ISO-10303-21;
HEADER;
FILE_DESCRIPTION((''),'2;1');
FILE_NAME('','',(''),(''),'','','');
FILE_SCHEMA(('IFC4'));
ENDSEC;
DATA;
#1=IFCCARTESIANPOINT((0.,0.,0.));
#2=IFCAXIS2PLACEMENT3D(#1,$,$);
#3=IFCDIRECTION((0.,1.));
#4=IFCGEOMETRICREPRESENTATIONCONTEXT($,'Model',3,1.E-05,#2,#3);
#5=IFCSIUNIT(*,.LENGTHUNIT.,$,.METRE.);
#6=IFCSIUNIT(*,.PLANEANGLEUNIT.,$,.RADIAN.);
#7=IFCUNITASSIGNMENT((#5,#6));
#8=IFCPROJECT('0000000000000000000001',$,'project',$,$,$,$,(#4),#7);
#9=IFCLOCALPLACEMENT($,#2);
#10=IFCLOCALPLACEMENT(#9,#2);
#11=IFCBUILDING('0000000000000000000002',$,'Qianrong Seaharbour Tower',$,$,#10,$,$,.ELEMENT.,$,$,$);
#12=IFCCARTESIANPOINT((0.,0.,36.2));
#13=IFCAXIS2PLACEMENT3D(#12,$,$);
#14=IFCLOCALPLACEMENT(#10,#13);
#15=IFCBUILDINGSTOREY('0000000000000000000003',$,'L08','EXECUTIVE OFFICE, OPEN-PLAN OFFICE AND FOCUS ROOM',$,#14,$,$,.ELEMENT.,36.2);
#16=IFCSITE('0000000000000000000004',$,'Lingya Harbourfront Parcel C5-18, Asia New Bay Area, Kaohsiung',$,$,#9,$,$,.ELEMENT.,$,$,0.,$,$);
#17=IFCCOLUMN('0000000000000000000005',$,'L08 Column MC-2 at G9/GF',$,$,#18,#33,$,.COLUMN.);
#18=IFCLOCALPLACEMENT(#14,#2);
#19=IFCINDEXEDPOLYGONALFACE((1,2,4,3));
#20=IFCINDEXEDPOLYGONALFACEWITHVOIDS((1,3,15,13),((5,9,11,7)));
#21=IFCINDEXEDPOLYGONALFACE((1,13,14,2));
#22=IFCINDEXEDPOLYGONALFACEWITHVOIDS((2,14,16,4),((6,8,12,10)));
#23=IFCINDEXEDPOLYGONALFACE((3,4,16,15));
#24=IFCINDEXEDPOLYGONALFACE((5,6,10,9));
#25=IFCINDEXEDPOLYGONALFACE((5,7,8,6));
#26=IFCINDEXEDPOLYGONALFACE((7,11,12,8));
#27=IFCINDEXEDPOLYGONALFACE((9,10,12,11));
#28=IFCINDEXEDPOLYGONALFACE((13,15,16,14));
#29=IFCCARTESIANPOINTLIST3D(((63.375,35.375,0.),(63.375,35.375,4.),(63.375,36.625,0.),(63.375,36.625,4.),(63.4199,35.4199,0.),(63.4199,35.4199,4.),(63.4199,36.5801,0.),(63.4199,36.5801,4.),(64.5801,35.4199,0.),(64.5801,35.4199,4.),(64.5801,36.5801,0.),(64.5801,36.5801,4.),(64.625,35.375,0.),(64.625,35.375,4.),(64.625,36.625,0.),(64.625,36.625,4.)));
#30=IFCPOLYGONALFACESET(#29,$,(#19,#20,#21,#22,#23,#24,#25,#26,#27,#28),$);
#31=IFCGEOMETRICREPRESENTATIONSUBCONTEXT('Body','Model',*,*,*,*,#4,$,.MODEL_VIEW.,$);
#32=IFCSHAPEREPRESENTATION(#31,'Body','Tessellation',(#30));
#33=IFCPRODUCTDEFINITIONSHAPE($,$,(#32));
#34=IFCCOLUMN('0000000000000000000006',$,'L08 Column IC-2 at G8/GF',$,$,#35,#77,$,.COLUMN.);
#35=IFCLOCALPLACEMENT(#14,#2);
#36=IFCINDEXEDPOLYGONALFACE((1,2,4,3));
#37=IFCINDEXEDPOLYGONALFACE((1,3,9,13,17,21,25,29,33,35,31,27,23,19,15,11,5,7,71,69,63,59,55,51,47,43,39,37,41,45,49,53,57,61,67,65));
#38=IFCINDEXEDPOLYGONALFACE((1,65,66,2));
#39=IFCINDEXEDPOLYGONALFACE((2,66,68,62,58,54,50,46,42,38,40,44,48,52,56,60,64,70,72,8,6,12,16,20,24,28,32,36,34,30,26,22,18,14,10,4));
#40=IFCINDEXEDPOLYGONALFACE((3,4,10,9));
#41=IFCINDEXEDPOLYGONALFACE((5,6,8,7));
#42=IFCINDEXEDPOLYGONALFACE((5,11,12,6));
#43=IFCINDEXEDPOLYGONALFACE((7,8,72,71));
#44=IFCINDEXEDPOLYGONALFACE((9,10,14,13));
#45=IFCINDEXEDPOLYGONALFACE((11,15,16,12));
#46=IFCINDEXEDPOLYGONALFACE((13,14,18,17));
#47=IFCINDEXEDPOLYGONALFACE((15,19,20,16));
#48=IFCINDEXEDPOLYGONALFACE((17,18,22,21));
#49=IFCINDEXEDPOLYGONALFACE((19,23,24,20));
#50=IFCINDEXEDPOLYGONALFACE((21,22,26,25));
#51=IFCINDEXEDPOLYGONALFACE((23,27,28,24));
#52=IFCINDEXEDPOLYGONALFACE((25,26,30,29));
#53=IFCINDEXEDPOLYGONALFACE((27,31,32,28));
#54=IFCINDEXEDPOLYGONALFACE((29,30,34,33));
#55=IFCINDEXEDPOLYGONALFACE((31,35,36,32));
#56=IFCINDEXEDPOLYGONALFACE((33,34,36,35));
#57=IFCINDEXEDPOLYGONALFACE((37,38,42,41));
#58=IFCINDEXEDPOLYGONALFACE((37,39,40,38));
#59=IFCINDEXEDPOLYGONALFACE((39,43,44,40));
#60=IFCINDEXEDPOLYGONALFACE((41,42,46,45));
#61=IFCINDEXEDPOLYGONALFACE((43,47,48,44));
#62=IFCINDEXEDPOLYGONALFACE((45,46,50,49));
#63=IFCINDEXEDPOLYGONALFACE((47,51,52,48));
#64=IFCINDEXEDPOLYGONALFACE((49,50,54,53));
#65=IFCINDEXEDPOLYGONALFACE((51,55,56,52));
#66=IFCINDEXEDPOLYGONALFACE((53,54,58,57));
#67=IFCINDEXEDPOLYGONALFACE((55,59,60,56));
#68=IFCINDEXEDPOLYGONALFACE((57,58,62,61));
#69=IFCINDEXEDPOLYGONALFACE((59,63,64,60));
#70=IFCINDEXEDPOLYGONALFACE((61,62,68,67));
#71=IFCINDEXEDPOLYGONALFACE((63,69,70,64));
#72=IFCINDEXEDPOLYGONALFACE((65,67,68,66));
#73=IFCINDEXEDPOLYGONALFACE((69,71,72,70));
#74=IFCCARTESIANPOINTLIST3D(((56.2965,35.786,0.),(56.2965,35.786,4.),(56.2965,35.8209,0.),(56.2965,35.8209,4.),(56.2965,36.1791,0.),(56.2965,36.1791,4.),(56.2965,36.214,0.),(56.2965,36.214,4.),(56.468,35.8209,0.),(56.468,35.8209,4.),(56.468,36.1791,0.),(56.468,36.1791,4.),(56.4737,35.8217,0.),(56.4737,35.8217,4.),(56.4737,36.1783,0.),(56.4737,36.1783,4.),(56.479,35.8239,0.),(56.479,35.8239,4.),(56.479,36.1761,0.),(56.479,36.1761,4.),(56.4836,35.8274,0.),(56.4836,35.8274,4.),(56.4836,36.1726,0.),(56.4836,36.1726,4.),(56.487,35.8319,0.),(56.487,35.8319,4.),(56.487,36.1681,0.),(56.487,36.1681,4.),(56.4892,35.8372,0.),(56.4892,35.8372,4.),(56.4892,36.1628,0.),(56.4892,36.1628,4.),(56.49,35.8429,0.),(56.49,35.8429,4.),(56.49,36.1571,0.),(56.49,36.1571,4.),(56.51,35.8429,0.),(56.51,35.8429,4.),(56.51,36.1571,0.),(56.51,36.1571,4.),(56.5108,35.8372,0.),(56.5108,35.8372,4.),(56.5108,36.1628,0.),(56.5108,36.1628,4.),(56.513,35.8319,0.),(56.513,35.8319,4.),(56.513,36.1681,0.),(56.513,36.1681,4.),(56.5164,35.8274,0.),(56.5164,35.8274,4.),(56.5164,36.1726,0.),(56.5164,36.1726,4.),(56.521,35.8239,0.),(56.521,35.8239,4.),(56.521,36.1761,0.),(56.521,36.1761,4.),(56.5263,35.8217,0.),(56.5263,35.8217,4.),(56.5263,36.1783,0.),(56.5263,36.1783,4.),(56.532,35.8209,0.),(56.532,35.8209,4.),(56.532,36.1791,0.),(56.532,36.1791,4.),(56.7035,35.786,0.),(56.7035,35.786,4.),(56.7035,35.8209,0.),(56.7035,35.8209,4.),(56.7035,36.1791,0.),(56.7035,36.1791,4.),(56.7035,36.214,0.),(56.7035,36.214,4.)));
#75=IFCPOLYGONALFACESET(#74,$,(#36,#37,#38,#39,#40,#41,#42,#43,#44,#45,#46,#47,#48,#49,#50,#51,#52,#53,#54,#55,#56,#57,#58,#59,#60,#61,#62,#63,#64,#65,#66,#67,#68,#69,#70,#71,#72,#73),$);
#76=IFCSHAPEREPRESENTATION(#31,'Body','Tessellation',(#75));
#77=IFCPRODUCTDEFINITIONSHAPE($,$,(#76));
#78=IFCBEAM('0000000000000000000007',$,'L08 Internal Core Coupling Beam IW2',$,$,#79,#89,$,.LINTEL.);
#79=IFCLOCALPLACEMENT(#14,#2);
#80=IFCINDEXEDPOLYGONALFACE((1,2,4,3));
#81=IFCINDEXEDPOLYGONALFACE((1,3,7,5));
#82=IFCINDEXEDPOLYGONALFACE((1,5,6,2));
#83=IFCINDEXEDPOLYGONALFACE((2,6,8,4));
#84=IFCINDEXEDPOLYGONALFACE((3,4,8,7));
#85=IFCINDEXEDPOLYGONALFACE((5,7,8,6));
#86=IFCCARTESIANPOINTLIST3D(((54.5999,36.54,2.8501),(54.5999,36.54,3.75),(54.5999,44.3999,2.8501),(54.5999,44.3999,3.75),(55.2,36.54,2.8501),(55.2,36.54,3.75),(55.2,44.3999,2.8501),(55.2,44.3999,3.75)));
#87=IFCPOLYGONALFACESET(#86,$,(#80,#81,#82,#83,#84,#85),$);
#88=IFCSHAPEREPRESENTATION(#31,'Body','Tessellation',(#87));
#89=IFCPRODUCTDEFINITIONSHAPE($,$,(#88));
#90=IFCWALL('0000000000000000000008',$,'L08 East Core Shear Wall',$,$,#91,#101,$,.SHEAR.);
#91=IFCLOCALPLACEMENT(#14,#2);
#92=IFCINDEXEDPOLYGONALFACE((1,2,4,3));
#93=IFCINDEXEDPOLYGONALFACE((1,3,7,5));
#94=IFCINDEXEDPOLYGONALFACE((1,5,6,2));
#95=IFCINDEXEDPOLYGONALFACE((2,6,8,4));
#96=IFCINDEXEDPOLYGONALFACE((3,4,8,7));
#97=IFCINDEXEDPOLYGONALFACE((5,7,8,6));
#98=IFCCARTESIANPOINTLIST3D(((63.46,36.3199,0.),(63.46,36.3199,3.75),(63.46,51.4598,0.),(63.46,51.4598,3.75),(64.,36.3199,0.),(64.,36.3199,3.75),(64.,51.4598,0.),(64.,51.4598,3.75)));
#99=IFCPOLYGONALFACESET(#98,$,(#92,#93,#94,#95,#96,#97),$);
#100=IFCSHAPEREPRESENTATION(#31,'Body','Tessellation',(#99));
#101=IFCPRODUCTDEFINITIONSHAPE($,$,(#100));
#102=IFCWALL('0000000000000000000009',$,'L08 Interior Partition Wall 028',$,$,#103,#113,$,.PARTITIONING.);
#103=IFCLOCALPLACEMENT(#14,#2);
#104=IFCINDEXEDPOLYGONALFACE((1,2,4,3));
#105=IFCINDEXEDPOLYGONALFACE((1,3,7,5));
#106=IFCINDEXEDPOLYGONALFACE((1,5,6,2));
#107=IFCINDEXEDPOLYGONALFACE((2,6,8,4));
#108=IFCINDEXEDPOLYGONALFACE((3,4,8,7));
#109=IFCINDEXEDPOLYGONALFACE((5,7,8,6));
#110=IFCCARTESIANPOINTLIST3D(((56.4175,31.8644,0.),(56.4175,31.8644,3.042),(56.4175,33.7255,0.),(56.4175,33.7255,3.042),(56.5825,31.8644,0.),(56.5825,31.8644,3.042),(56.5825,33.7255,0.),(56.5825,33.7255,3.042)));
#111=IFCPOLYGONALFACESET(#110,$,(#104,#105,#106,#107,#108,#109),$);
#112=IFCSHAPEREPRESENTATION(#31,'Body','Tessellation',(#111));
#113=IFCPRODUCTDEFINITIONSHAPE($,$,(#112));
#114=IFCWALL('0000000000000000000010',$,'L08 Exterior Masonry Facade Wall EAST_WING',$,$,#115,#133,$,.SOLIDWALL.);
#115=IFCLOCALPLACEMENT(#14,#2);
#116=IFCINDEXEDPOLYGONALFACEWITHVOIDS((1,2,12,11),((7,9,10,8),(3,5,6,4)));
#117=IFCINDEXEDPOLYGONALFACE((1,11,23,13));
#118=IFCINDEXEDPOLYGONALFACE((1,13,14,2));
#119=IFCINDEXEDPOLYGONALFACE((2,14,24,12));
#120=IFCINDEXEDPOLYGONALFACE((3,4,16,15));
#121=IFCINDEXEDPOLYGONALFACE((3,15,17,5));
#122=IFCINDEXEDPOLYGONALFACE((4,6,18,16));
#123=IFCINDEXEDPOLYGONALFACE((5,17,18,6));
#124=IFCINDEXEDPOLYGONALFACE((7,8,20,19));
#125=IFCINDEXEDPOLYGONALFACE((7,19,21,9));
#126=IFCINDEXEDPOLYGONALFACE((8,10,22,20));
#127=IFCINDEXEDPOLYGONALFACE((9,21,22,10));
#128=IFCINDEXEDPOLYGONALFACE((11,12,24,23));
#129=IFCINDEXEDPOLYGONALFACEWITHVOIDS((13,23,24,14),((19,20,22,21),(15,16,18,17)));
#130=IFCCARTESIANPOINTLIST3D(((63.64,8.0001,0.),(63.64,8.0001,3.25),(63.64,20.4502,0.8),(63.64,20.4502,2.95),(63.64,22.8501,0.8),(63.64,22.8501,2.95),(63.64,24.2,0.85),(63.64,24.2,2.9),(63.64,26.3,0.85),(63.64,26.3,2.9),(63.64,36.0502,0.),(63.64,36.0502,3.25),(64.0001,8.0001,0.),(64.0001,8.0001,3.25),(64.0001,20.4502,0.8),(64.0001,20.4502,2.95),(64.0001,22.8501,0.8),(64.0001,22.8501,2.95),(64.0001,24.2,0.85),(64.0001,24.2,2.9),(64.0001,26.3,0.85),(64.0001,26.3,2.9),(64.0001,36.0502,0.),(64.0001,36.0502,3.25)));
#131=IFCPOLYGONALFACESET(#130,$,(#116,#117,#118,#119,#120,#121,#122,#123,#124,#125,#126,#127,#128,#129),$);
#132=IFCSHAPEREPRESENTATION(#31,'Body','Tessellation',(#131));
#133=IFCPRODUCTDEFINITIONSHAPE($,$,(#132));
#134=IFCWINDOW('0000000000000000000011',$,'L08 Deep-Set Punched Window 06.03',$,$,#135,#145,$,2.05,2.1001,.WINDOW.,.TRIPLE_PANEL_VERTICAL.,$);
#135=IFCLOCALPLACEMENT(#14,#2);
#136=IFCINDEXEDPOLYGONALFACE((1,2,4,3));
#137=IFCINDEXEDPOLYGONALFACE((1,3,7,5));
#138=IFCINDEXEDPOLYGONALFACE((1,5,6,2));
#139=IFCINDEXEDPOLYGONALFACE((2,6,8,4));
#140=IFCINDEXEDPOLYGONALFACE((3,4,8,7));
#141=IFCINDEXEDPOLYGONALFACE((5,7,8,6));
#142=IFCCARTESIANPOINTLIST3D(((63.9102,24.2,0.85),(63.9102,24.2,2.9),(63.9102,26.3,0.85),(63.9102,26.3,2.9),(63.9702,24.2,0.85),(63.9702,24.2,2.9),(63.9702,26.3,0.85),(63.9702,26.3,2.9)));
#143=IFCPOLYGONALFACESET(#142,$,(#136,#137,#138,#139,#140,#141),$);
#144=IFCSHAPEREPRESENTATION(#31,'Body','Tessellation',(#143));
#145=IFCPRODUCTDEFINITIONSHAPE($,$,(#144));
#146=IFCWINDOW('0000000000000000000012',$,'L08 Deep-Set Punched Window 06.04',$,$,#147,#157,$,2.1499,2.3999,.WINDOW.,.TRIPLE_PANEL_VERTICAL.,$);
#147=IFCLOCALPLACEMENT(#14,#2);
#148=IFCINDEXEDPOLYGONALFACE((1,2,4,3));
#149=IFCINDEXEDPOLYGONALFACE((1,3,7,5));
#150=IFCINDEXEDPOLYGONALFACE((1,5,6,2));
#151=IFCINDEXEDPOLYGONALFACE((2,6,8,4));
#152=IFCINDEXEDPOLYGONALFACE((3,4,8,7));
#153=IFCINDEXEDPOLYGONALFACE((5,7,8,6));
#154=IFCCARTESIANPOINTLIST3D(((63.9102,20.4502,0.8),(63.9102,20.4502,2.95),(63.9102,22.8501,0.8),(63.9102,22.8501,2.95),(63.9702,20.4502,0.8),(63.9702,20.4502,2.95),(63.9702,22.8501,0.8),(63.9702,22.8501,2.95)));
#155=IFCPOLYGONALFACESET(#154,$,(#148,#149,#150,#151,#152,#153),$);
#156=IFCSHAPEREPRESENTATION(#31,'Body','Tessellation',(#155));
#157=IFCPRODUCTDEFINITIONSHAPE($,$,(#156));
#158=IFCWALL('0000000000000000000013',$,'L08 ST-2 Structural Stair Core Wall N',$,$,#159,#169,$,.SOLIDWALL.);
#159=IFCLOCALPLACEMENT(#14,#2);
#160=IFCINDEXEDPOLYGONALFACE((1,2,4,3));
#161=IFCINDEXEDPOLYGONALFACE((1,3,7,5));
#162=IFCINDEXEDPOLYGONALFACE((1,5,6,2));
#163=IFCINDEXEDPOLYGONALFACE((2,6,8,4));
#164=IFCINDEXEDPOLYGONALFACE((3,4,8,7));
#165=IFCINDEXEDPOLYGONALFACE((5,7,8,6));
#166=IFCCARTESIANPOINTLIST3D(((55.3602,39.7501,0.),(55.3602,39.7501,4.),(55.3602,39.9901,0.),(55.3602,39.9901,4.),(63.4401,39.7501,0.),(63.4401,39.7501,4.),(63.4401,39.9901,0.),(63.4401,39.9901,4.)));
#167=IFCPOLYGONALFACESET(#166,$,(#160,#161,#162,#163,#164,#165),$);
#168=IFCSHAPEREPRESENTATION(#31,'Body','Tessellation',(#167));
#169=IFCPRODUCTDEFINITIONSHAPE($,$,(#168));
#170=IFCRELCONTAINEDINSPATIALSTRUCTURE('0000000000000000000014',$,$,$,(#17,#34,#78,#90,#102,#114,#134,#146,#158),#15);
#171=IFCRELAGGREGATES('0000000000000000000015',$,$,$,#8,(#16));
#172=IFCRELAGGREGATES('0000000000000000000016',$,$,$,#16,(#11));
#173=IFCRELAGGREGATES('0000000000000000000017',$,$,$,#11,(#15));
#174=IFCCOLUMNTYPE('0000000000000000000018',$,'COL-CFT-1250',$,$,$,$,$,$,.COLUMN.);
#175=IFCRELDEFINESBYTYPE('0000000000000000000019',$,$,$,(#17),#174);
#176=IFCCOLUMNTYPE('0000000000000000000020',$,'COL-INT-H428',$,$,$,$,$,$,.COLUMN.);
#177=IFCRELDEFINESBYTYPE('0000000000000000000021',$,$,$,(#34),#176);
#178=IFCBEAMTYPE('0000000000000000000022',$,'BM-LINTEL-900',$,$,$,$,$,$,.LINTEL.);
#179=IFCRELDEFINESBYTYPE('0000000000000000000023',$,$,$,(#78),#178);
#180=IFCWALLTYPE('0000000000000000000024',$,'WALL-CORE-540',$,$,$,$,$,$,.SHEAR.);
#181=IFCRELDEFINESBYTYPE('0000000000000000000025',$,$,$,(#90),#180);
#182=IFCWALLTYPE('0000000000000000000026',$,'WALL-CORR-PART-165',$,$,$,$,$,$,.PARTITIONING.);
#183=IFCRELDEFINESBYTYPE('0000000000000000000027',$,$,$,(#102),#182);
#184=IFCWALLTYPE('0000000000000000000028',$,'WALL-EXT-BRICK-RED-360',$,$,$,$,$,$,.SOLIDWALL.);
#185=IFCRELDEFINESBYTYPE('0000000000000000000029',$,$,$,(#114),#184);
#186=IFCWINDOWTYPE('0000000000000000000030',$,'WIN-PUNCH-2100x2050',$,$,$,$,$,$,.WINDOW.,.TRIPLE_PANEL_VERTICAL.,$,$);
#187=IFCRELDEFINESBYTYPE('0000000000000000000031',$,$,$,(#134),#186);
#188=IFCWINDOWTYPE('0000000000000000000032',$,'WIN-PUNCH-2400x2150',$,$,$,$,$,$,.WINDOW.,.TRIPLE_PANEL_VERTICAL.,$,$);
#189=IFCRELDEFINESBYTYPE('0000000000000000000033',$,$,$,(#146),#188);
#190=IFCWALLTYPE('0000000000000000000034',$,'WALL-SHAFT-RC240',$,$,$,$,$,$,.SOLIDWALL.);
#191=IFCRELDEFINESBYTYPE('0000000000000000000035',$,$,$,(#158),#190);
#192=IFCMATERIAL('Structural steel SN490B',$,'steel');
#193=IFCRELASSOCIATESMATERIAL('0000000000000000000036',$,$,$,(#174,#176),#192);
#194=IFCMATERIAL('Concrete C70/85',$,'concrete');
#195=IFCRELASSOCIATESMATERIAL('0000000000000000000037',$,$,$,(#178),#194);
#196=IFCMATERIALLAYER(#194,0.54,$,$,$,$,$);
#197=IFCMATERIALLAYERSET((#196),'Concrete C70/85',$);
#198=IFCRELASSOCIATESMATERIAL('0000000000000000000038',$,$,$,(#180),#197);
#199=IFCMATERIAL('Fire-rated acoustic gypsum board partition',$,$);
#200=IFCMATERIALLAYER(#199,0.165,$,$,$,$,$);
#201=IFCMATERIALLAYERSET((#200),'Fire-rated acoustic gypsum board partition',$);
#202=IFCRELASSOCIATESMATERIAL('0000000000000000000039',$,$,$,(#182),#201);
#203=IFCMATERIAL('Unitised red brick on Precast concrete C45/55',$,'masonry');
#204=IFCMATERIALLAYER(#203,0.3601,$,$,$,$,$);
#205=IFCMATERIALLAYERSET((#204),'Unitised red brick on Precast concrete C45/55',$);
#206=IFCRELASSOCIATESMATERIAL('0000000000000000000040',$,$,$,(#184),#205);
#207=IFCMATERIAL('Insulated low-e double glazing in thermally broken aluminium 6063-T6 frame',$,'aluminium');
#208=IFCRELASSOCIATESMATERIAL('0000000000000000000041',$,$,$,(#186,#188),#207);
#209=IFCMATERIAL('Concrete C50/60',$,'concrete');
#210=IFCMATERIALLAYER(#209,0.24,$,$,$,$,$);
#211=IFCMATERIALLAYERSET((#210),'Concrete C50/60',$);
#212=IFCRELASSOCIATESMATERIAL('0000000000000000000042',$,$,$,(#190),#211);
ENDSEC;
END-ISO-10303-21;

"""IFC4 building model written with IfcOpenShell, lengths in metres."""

from ifc_helpers import new_model, si_unit, direction, frame, frame_2d, origin, origin_2d, place, context, subcontext, project, spatial, rectangle, hollow_rectangle, i_section, extrude, material, layer, layer_set, material_profile, profile_set, type_object, element, fill, save


model = new_model("IFC4")

# Units and contexts
model_context = context("Model", 3, precision=1e-05, world=origin(), true_north=direction((0.0, 1.0)))
body_context = subcontext(model_context, "Body", "Model", "MODEL_VIEW")
ifc_project = project(units=[si_unit("LENGTHUNIT", "METRE"), si_unit("PLANEANGLEUNIT", "RADIAN")], contexts=[model_context])

# Site, building, storey
site_placement = place(None, origin())
site = spatial("IfcSite", under=ifc_project, at=site_placement, Name="Lingya Harbourfront Parcel C5-18, Asia New Bay Area, Kaohsiung", CompositionType="ELEMENT", RefElevation=0.0)
building_placement = place(site_placement, origin())
building = spatial("IfcBuilding", under=site, at=building_placement, Name="Qianrong Seaharbour Tower", CompositionType="ELEMENT")
storey_placement = place(building_placement, frame((0.0, 0.0, 36.2)))
storey = spatial("IfcBuildingStorey", under=building, at=storey_placement, Name="L08", Description="EXECUTIVE OFFICE, OPEN-PLAN OFFICE AND FOCUS ROOM", CompositionType="ELEMENT", Elevation=36.2)

# Columns
ifc_material_1 = material(Name="Structural steel SN490B", Category="steel")
ifc_material_profile_1 = material_profile(ifc_material_1, hollow_rectangle(XDim=1.25, YDim=1.25, WallThickness=0.0449, at=origin_2d()), Name="BOX1250x1250x45")
ifc_profile_set_1 = profile_set([ifc_material_profile_1], Name="Structural steel SN490B")
column_type_1 = type_object("IfcColumnType", Name="COL-CFT-1250", PredefinedType="COLUMN", material=ifc_profile_set_1)
column_1_placement = place(storey_placement, frame((64.0, 36.0, 0.0), z_axis=(0.0, 0.0, 1.0), x_axis=(1.0, 0.0, 0.0)))
element("IfcColumn", 1, at=column_1_placement, inside=storey, type_object=column_type_1, Name="L08 Column MC-2 at G9/GF", PredefinedType="COLUMN", context=body_context, shape_type="SweptSolid", body=[
    extrude(hollow_rectangle(XDim=1.25, YDim=1.25, WallThickness=0.0449, at=origin_2d()), origin(), (0.0, 0.0, 1.0), 4.0),
])
ifc_material_profile_2 = material_profile(ifc_material_1, i_section(OverallWidth=0.407, OverallDepth=0.428, WebThickness=0.02, FlangeThickness=0.0349, FilletRadius=0.022, at=origin_2d()), Name="H428x407x20x35")
ifc_profile_set_2 = profile_set([ifc_material_profile_2], Name="Structural steel SN490B")
column_type_2 = type_object("IfcColumnType", Name="COL-INT-H428", PredefinedType="COLUMN", material=ifc_profile_set_2)
column_2_placement = place(storey_placement, frame((56.5, 36.0, 0.0), z_axis=(0.0, 0.0, 1.0), x_axis=(1.0, 0.0, 0.0)))
element("IfcColumn", 2, at=column_2_placement, inside=storey, type_object=column_type_2, Name="L08 Column IC-2 at G8/GF", PredefinedType="COLUMN", context=body_context, shape_type="SweptSolid", body=[
    extrude(i_section(OverallWidth=0.407, OverallDepth=0.428, WebThickness=0.02, FlangeThickness=0.0349, FilletRadius=0.022, at=origin_2d()), origin(), (0.0, 0.0, 1.0), 4.0),
])

# Beam
ifc_material_2 = material(Name="Concrete C70/85", Category="concrete")
ifc_material_profile_3 = material_profile(ifc_material_2, rectangle(XDim=0.6001, YDim=0.8999, at=origin_2d()), Name="RC600x900")
ifc_profile_set_3 = profile_set([ifc_material_profile_3], Name="Concrete C70/85")
beam_type = type_object("IfcBeamType", Name="BM-LINTEL-900", PredefinedType="LINTEL", material=ifc_profile_set_3)
beam_placement = place(storey_placement, frame((54.8999, 36.54, 3.3), z_axis=(0.0, 1.0, 0.0), x_axis=(-1.0, 0.0, 0.0)))
element("IfcBeam", 3, at=beam_placement, inside=storey, type_object=beam_type, Name="L08 Internal Core Coupling Beam IW2", PredefinedType="LINTEL", context=body_context, shape_type="SweptSolid", body=[
    extrude(rectangle(XDim=0.6001, YDim=0.8999, at=origin_2d()), origin(), (0.0, 0.0, 1.0), 7.8599),
])

# Walls
ifc_layer_1 = layer(ifc_material_2, 0.54)
ifc_layer_set_1 = layer_set([ifc_layer_1], Name="Concrete C70/85")
wall_type_1 = type_object("IfcWallType", Name="WALL-CORE-540", PredefinedType="SHEAR", material=ifc_layer_set_1)
wall_1_placement = place(storey_placement, frame((63.73, 36.3201, 0.0), z_axis=(0.0, 0.0, 1.0), x_axis=(0.0, 1.0, 0.0)))
element("IfcWall", 4, at=wall_1_placement, inside=storey, type_object=wall_type_1, Name="L08 East Core Shear Wall", PredefinedType="SHEAR", context=body_context, shape_type="SweptSolid", body=[
    extrude(rectangle(XDim=15.1399, YDim=0.54, at=frame_2d((7.5698, 0.0))), origin(), (0.0, 0.0, 1.0), 3.75),
])
ifc_material_3 = material(Name="Fire-rated acoustic gypsum board partition")
ifc_layer_2 = layer(ifc_material_3, 0.165)
ifc_layer_set_2 = layer_set([ifc_layer_2], Name="Fire-rated acoustic gypsum board partition")
wall_type_2 = type_object("IfcWallType", Name="WALL-CORR-PART-165", PredefinedType="PARTITIONING", material=ifc_layer_set_2)
wall_2_placement = place(storey_placement, frame((56.5, 33.7256, 0.0), z_axis=(0.0, 0.0, 1.0), x_axis=(0.0, -1.0, 0.0)))
element("IfcWall", 5, at=wall_2_placement, inside=storey, type_object=wall_type_2, Name="L08 Interior Partition Wall 028", PredefinedType="PARTITIONING", context=body_context, shape_type="SweptSolid", body=[
    extrude(rectangle(XDim=1.8611, YDim=0.165, at=frame_2d((0.9307, 0.0))), origin(), (0.0, 0.0, 1.0), 3.042),
])

# Wall, openings, windows
ifc_material_4 = material(Name="Unitised red brick on Precast concrete C45/55", Category="masonry")
ifc_layer_3 = layer(ifc_material_4, 0.3601)
ifc_layer_set_3 = layer_set([ifc_layer_3], Name="Unitised red brick on Precast concrete C45/55")
wall_type_3 = type_object("IfcWallType", Name="WALL-EXT-BRICK-RED-360", PredefinedType="SOLIDWALL", material=ifc_layer_set_3)
wall_3_placement = place(storey_placement, frame((63.8201, 36.05, 0.0), z_axis=(0.0, 0.0, 1.0), x_axis=(0.0, -1.0, 0.0)))
wall_3 = element("IfcWall", 6, at=wall_3_placement, inside=storey, type_object=wall_type_3, Name="L08 Exterior Masonry Facade Wall EAST_WING", PredefinedType="SOLIDWALL", context=body_context, shape_type="SweptSolid", body=[
    extrude(rectangle(XDim=28.05, YDim=0.3601, at=frame_2d((14.0249, 0.0))), origin(), (0.0, 0.0, 1.0), 3.25),
])
opening_1_placement = place(wall_3_placement, frame((9.75, 0.0, 0.8501)))
opening_1 = element("IfcOpeningElement", 7, at=opening_1_placement, cuts=wall_3, PredefinedType="OPENING", context=body_context, shape_type="SweptSolid", body=[
    extrude(rectangle(XDim=2.1001, YDim=2.05, at=frame_2d((1.05, 1.0249))), frame((0.0, 0.1899, 0.0), z_axis=(0.0, -1.0, 0.0), x_axis=(1.0, 0.0, 0.0)), (0.0, 0.0, 1.0), 0.3801),
])
opening_2_placement = place(wall_3_placement, frame((13.2, 0.0, 0.8)))
opening_2 = element("IfcOpeningElement", 8, at=opening_2_placement, cuts=wall_3, PredefinedType="OPENING", context=body_context, shape_type="SweptSolid", body=[
    extrude(rectangle(XDim=2.3999, YDim=2.1499, at=frame_2d((1.2, 1.075))), frame((0.0, 0.1899, 0.0), z_axis=(0.0, -1.0, 0.0), x_axis=(1.0, 0.0, 0.0)), (0.0, 0.0, 1.0), 0.3801),
])
ifc_material_5 = material(Name="Insulated low-e double glazing in thermally broken aluminium 6063-T6 frame", Category="aluminium")
window_type_1 = type_object("IfcWindowType", Name="WIN-PUNCH-2100x2050", PartitioningType="TRIPLE_PANEL_VERTICAL", PredefinedType="WINDOW", material=ifc_material_5)
window_1_placement = place(opening_1_placement, origin())
window_1 = element("IfcWindow", 9, at=window_1_placement, inside=storey, type_object=window_type_1, Name="L08 Deep-Set Punched Window 06.03", OverallHeight=2.05, OverallWidth=2.1001, PartitioningType="TRIPLE_PANEL_VERTICAL", PredefinedType="WINDOW", context=body_context, shape_type="SweptSolid", body=[
    extrude(rectangle(XDim=2.1001, YDim=2.05, at=frame_2d((1.05, 1.0249))), frame((0.0, 0.1501, 0.0), z_axis=(0.0, -1.0, 0.0), x_axis=(1.0, 0.0, 0.0)), (0.0, 0.0, 1.0), 0.0601),
])
fill(opening_1, window_1)
window_type_2 = type_object("IfcWindowType", Name="WIN-PUNCH-2400x2150", PartitioningType="TRIPLE_PANEL_VERTICAL", PredefinedType="WINDOW", material=ifc_material_5)
window_2_placement = place(opening_2_placement, origin())
window_2 = element("IfcWindow", 10, at=window_2_placement, inside=storey, type_object=window_type_2, Name="L08 Deep-Set Punched Window 06.04", OverallHeight=2.1499, OverallWidth=2.3999, PartitioningType="TRIPLE_PANEL_VERTICAL", PredefinedType="WINDOW", context=body_context, shape_type="SweptSolid", body=[
    extrude(rectangle(XDim=2.3999, YDim=2.1499, at=frame_2d((1.2, 1.075))), frame((0.0, 0.1501, 0.0), z_axis=(0.0, -1.0, 0.0), x_axis=(1.0, 0.0, 0.0)), (0.0, 0.0, 1.0), 0.0601),
])
fill(opening_2, window_2)

# Wall
ifc_material_6 = material(Name="Concrete C50/60", Category="concrete")
ifc_layer_4 = layer(ifc_material_6, 0.24)
ifc_layer_set_4 = layer_set([ifc_layer_4], Name="Concrete C50/60")
wall_type_4 = type_object("IfcWallType", Name="WALL-SHAFT-RC240", PredefinedType="SOLIDWALL", material=ifc_layer_set_4)
wall_4_placement = place(storey_placement, frame((55.3601, 39.8701, 0.0), z_axis=(0.0, 0.0, 1.0), x_axis=(1.0, 0.0, 0.0)))
element("IfcWall", 11, at=wall_4_placement, inside=storey, type_object=wall_type_4, Name="L08 ST-2 Structural Stair Core Wall N", PredefinedType="SOLIDWALL", context=body_context, shape_type="SweptSolid", body=[
    extrude(rectangle(XDim=8.0798, YDim=0.24, at=frame_2d((4.04, 0.0))), origin(), (0.0, 0.0, 1.0), 4.0),
])

save(model, "model.ifc")
